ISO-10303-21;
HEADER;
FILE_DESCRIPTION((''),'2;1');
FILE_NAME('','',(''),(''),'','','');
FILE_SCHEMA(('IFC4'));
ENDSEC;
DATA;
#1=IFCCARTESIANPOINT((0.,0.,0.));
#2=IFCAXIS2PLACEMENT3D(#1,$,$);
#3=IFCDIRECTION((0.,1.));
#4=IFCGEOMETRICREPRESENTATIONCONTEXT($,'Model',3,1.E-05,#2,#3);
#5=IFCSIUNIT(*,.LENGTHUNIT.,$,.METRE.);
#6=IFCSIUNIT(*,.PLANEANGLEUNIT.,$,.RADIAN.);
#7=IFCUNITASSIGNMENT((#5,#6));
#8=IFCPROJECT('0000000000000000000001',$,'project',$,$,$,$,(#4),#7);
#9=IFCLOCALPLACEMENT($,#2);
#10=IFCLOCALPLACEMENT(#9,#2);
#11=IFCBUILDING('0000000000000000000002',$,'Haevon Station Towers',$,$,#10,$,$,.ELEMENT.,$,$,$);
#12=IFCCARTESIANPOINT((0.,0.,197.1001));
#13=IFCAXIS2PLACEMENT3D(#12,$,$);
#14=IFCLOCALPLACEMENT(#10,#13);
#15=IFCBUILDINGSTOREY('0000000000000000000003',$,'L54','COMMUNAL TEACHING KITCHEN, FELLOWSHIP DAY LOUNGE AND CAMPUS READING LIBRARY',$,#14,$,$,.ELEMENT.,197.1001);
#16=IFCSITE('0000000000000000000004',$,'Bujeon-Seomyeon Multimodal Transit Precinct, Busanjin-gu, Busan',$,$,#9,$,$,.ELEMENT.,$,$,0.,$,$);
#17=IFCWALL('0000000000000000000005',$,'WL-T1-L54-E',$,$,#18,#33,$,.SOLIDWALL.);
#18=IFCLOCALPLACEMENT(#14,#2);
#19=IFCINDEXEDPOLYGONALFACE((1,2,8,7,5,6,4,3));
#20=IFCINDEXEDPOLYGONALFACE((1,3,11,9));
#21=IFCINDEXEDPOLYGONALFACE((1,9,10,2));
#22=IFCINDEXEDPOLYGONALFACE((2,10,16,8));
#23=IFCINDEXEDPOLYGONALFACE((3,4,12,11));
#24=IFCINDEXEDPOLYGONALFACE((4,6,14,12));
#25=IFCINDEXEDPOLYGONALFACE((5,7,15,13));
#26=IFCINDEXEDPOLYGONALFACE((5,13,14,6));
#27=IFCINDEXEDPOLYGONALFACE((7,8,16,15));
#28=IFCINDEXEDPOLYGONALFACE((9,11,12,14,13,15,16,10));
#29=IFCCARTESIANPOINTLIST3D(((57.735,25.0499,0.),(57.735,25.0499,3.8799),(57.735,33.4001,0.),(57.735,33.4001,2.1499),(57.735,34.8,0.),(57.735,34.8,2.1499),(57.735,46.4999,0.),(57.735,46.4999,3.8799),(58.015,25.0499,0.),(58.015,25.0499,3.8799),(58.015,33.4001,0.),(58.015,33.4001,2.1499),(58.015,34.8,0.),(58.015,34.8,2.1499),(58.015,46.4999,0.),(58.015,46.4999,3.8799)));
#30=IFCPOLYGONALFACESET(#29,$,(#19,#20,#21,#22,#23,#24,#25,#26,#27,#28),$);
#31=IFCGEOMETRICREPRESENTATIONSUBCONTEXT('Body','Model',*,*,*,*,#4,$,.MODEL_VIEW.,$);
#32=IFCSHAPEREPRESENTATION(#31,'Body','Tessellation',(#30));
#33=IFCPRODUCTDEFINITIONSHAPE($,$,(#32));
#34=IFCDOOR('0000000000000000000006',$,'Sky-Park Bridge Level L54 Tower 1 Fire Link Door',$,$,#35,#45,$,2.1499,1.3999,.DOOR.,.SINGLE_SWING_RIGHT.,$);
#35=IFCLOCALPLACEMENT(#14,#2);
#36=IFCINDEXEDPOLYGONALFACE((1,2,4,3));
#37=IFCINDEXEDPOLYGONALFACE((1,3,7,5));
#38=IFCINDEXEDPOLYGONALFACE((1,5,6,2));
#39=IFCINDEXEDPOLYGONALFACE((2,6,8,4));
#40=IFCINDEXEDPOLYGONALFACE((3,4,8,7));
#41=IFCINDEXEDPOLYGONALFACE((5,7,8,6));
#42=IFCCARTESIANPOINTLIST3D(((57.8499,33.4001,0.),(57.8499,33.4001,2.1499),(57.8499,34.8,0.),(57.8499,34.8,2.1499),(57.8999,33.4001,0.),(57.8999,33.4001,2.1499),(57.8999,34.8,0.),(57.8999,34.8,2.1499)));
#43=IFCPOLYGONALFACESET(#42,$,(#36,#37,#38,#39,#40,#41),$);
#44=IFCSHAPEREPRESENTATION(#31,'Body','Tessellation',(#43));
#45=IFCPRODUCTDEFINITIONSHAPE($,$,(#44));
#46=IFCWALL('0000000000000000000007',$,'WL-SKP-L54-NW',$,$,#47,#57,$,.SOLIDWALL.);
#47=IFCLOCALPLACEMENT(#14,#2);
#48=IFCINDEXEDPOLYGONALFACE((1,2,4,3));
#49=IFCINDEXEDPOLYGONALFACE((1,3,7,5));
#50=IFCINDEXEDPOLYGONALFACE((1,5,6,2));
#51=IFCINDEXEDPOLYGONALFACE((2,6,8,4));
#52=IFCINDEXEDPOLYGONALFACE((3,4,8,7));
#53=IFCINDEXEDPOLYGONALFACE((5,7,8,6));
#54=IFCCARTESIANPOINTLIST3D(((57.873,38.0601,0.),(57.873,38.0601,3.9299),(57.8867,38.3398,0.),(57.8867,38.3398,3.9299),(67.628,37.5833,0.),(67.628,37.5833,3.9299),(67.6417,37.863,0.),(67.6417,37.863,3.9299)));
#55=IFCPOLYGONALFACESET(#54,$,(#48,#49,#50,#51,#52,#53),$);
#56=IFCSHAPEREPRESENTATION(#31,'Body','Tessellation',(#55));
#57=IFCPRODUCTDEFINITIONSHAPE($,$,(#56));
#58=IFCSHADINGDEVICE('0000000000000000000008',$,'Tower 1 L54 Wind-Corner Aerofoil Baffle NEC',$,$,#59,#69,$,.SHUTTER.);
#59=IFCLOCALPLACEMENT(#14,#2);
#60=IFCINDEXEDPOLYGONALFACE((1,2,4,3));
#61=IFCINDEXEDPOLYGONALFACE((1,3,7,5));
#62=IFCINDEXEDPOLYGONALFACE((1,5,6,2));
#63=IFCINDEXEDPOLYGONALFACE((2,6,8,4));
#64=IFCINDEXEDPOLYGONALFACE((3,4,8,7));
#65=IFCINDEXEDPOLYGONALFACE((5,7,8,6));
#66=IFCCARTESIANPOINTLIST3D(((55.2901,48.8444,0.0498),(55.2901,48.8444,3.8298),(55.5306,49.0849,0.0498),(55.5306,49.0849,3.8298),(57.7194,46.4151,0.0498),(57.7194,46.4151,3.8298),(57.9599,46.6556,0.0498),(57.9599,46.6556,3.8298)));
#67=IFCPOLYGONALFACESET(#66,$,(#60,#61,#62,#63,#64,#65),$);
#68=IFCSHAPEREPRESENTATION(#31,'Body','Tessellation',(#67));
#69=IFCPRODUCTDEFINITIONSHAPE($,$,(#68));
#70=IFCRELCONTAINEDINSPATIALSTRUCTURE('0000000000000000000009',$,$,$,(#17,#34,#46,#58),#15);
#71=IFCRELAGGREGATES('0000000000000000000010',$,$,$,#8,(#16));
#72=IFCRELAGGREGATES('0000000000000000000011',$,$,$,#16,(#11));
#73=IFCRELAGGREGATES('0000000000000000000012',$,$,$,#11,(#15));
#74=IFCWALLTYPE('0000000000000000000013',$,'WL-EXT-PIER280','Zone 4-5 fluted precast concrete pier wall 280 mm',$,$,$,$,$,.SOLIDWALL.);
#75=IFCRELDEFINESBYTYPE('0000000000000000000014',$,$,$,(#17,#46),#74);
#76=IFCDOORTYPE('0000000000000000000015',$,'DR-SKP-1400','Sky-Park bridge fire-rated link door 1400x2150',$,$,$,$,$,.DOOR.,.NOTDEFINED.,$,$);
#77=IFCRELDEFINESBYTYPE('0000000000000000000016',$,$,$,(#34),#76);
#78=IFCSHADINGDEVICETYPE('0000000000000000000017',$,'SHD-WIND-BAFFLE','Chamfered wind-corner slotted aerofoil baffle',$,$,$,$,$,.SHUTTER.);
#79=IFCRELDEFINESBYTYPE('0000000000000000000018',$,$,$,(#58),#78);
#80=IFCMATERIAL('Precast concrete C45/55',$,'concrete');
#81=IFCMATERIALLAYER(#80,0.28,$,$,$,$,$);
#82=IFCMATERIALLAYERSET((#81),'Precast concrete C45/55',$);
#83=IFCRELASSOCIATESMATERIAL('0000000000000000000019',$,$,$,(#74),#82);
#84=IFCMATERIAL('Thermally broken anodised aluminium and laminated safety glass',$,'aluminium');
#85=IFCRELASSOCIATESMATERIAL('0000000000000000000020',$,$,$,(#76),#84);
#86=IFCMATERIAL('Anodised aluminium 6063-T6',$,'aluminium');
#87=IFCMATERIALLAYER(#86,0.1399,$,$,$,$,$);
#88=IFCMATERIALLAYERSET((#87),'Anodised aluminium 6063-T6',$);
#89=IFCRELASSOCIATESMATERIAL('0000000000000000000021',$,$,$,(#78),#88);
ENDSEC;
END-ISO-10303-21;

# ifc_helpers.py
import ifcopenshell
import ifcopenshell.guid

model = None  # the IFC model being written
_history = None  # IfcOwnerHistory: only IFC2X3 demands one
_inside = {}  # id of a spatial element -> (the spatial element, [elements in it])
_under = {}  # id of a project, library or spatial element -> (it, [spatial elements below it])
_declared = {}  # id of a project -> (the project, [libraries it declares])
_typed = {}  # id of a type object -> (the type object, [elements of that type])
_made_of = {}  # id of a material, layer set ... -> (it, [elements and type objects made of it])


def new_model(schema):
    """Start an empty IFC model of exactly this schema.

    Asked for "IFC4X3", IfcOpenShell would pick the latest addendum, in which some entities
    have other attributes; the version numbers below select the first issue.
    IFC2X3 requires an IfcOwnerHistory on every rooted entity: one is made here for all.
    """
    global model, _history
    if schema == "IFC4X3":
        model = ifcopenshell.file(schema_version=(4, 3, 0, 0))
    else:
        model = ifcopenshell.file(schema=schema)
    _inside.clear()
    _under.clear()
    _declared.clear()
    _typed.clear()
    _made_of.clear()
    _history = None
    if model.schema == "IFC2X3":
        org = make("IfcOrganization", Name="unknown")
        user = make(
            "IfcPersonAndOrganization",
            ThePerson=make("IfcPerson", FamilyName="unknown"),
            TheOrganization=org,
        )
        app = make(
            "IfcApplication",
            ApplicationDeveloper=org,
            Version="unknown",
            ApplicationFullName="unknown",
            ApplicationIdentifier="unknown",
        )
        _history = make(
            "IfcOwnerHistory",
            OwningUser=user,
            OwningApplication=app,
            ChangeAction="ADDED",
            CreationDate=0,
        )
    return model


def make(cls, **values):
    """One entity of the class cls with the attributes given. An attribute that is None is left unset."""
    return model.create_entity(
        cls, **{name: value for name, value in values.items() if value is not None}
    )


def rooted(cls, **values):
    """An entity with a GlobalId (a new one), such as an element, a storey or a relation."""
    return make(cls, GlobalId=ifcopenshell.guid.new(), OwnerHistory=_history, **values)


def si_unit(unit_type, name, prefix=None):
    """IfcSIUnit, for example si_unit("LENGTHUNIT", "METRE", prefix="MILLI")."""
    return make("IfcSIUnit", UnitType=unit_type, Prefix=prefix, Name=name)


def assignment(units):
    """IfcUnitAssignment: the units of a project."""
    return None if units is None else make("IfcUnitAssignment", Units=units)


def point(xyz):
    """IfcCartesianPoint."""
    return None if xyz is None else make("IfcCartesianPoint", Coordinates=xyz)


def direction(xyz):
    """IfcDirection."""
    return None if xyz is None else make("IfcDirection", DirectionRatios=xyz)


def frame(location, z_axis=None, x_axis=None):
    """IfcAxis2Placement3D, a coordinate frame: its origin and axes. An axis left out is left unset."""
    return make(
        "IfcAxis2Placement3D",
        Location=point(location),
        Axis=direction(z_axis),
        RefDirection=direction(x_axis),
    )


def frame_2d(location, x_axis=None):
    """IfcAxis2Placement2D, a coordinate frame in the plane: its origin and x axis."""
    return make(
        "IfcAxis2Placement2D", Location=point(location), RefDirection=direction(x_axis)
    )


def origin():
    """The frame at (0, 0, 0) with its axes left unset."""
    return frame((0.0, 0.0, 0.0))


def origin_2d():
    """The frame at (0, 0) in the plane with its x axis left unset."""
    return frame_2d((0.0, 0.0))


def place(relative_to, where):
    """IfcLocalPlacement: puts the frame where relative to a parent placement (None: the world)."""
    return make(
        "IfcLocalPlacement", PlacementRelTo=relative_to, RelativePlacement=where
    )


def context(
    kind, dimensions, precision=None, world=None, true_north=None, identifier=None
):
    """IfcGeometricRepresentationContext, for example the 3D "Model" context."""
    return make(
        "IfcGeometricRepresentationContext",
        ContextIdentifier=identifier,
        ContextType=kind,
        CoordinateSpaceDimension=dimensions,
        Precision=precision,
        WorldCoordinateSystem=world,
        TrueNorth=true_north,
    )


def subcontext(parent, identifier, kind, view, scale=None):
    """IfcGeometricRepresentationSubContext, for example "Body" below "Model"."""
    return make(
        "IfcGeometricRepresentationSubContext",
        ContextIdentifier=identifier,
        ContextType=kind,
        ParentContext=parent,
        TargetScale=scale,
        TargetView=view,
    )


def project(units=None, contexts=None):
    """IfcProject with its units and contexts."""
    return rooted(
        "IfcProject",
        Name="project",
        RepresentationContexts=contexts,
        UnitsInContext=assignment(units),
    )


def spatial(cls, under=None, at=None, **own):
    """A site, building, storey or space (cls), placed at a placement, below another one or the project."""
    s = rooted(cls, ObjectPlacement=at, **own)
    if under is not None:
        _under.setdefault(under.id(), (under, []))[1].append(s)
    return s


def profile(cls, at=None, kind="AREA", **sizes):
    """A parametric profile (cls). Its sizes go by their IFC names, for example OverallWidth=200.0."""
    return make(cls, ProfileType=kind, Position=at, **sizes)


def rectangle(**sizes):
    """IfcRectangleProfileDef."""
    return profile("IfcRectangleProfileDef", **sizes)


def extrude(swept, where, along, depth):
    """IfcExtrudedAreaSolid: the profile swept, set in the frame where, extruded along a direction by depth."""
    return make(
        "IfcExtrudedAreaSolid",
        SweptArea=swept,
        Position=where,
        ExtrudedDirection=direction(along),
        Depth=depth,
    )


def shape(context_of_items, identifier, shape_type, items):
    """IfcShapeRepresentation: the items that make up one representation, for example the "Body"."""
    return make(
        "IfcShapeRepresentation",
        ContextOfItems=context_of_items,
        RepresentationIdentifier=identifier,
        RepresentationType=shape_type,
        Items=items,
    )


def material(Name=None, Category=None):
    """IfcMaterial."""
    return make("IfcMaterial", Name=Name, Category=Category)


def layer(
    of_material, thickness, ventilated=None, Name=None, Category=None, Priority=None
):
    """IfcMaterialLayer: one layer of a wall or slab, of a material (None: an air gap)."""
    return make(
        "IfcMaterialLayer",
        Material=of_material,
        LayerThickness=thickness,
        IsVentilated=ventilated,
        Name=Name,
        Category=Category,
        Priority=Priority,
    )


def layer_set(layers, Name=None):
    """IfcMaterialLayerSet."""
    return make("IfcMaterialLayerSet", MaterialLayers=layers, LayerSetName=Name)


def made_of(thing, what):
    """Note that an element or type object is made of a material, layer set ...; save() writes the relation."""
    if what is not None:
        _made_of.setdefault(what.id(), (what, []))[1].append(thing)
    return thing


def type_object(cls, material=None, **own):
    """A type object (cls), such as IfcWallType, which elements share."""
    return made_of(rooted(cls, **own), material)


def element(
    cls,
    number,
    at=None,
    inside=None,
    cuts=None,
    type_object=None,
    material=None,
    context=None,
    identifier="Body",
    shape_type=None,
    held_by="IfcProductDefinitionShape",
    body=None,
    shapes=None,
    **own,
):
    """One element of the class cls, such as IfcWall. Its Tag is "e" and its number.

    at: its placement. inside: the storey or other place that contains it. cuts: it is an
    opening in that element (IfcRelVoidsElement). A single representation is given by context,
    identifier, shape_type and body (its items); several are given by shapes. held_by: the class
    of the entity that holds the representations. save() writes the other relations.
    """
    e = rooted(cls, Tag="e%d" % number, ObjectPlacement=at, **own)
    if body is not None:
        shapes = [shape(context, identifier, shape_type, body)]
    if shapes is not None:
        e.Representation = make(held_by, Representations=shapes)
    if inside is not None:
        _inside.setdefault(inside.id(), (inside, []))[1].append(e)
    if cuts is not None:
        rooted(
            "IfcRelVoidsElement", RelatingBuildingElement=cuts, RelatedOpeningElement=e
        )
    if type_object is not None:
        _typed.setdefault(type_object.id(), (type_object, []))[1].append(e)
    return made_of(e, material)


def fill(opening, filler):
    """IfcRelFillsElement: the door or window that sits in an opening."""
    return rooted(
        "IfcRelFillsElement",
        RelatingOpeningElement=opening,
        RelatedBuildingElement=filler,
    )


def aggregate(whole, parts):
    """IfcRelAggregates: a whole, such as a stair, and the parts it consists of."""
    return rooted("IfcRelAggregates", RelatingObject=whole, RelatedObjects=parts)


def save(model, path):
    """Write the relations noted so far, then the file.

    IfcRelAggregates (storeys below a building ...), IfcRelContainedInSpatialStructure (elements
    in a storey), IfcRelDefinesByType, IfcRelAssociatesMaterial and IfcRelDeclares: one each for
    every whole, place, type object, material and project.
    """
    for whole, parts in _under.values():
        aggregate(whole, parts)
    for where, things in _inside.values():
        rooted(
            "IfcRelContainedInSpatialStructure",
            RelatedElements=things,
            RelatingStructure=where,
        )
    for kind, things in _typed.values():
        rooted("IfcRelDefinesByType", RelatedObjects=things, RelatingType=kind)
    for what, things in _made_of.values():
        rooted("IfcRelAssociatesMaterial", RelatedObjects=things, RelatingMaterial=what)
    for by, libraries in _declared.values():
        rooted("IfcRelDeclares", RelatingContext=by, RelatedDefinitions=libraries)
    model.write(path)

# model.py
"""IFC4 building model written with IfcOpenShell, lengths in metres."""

from ifc_helpers import new_model, si_unit, direction, frame, frame_2d, origin, origin_2d, place, context, subcontext, project, spatial, rectangle, extrude, material, layer, layer_set, type_object, element, fill, save


model = new_model("IFC4")

# Units and contexts
model_context = context("Model", 3, precision=1e-05, world=origin(), true_north=direction((0.0, 1.0)))
body_context = subcontext(model_context, "Body", "Model", "MODEL_VIEW")
ifc_project = project(units=[si_unit("LENGTHUNIT", "METRE"), si_unit("PLANEANGLEUNIT", "RADIAN")], contexts=[model_context])

# Site, building, storey
site_placement = place(None, origin())
site = spatial("IfcSite", under=ifc_project, at=site_placement, Name="Bujeon-Seomyeon Multimodal Transit Precinct, Busanjin-gu, Busan", CompositionType="ELEMENT", RefElevation=0.0)
building_placement = place(site_placement, origin())
building = spatial("IfcBuilding", under=site, at=building_placement, Name="Haevon Station Towers", CompositionType="ELEMENT")
storey_placement = place(building_placement, frame((0.0, 0.0, 197.1001)))
storey = spatial("IfcBuildingStorey", under=building, at=storey_placement, Name="L54", Description="COMMUNAL TEACHING KITCHEN, FELLOWSHIP DAY LOUNGE AND CAMPUS READING LIBRARY", CompositionType="ELEMENT", Elevation=197.1001)

# Shared definitions
ifc_material_1 = material(Name="Anodised aluminium 6063-T6", Category="aluminium")

# Shared definitions
ifc_material_2 = material(Name="Precast concrete C45/55", Category="concrete")
ifc_layer_1 = layer(ifc_material_2, 0.28)
ifc_layer_set_1 = layer_set([ifc_layer_1], Name="Precast concrete C45/55")
wall_type = type_object("IfcWallType", Name="WL-EXT-PIER280", Description="Zone 4-5 fluted precast concrete pier wall 280 mm", PredefinedType="SOLIDWALL", material=ifc_layer_set_1)

# Wall, opening, door
wall_1_placement = place(storey_placement, frame((57.875, 46.5, 0.0), z_axis=(0.0, 0.0, 1.0), x_axis=(0.0, -1.0, 0.0)))
wall_1 = element("IfcWall", 1, at=wall_1_placement, inside=storey, type_object=wall_type, Name="WL-T1-L54-E", PredefinedType="SOLIDWALL", context=body_context, shape_type="SweptSolid", body=[
    extrude(rectangle(XDim=21.45, YDim=0.28, at=frame_2d((10.7251, 0.0))), origin(), (0.0, 0.0, 1.0), 3.8799),
])
opening_placement = place(wall_1_placement, frame((11.7, 0.0, 0.0)))
opening = element("IfcOpeningElement", 2, at=opening_placement, cuts=wall_1, PredefinedType="OPENING", context=body_context, shape_type="SweptSolid", body=[
    extrude(rectangle(XDim=1.3999, YDim=2.1499, at=frame_2d((0.7, 1.075))), frame((0.0, 0.1499, 0.0), z_axis=(0.0, -1.0, 0.0), x_axis=(1.0, 0.0, 0.0)), (0.0, 0.0, 1.0), 0.3),
])
ifc_material_3 = material(Name="Thermally broken anodised aluminium and laminated safety glass", Category="aluminium")
door_type = type_object("IfcDoorType", Name="DR-SKP-1400", Description="Sky-Park bridge fire-rated link door 1400x2150", OperationType="NOTDEFINED", PredefinedType="DOOR", material=ifc_material_3)
door_placement = place(opening_placement, origin())
door = element("IfcDoor", 3, at=door_placement, inside=storey, type_object=door_type, Name="Sky-Park Bridge Level L54 Tower 1 Fire Link Door", OperationType="SINGLE_SWING_RIGHT", OverallHeight=2.1499, OverallWidth=1.3999, PredefinedType="DOOR", context=body_context, shape_type="SweptSolid", body=[
    extrude(rectangle(XDim=1.3999, YDim=2.1499, at=frame_2d((0.7, 1.075))), frame((0.0, 0.0249, 0.0), z_axis=(0.0, -1.0, 0.0), x_axis=(1.0, 0.0, 0.0)), (0.0, 0.0, 1.0), 0.05),
])
fill(opening, door)

# Wall
wall_2_placement = place(storey_placement, frame((57.8799, 38.2, 0.0), z_axis=(0.0, 0.0, 1.0), x_axis=(0.998808, -0.04882, 0.0)))
element("IfcWall", 4, at=wall_2_placement, inside=storey, type_object=wall_type, Name="WL-SKP-L54-NW", PredefinedType="SOLIDWALL", context=body_context, shape_type="SweptSolid", body=[
    extrude(rectangle(XDim=9.7666, YDim=0.28, at=frame_2d((4.8833, 0.0))), origin(), (0.0, 0.0, 1.0), 3.9299),
])

# Shading device
ifc_layer_2 = layer(ifc_material_1, 0.1399)
ifc_layer_set_2 = layer_set([ifc_layer_2], Name="Anodised aluminium 6063-T6")
shading_device_type = type_object("IfcShadingDeviceType", Name="SHD-WIND-BAFFLE", Description="Chamfered wind-corner slotted aerofoil baffle", PredefinedType="SHUTTER", material=ifc_layer_set_2)
shading_device_placement = place(storey_placement, frame((56.625, 47.75, 0.0498), z_axis=(0.0, 0.0, 1.0), x_axis=(0.707107, -0.707107, 0.0)))
element("IfcShadingDevice", 5, at=shading_device_placement, inside=storey, type_object=shading_device_type, Name="Tower 1 L54 Wind-Corner Aerofoil Baffle NEC", PredefinedType="SHUTTER", context=body_context, shape_type="SweptSolid", body=[
    extrude(rectangle(XDim=3.4355, YDim=0.3401, at=origin_2d()), origin(), (0.0, 0.0, 1.0), 3.78),
])

save(model, "model.ifc")
